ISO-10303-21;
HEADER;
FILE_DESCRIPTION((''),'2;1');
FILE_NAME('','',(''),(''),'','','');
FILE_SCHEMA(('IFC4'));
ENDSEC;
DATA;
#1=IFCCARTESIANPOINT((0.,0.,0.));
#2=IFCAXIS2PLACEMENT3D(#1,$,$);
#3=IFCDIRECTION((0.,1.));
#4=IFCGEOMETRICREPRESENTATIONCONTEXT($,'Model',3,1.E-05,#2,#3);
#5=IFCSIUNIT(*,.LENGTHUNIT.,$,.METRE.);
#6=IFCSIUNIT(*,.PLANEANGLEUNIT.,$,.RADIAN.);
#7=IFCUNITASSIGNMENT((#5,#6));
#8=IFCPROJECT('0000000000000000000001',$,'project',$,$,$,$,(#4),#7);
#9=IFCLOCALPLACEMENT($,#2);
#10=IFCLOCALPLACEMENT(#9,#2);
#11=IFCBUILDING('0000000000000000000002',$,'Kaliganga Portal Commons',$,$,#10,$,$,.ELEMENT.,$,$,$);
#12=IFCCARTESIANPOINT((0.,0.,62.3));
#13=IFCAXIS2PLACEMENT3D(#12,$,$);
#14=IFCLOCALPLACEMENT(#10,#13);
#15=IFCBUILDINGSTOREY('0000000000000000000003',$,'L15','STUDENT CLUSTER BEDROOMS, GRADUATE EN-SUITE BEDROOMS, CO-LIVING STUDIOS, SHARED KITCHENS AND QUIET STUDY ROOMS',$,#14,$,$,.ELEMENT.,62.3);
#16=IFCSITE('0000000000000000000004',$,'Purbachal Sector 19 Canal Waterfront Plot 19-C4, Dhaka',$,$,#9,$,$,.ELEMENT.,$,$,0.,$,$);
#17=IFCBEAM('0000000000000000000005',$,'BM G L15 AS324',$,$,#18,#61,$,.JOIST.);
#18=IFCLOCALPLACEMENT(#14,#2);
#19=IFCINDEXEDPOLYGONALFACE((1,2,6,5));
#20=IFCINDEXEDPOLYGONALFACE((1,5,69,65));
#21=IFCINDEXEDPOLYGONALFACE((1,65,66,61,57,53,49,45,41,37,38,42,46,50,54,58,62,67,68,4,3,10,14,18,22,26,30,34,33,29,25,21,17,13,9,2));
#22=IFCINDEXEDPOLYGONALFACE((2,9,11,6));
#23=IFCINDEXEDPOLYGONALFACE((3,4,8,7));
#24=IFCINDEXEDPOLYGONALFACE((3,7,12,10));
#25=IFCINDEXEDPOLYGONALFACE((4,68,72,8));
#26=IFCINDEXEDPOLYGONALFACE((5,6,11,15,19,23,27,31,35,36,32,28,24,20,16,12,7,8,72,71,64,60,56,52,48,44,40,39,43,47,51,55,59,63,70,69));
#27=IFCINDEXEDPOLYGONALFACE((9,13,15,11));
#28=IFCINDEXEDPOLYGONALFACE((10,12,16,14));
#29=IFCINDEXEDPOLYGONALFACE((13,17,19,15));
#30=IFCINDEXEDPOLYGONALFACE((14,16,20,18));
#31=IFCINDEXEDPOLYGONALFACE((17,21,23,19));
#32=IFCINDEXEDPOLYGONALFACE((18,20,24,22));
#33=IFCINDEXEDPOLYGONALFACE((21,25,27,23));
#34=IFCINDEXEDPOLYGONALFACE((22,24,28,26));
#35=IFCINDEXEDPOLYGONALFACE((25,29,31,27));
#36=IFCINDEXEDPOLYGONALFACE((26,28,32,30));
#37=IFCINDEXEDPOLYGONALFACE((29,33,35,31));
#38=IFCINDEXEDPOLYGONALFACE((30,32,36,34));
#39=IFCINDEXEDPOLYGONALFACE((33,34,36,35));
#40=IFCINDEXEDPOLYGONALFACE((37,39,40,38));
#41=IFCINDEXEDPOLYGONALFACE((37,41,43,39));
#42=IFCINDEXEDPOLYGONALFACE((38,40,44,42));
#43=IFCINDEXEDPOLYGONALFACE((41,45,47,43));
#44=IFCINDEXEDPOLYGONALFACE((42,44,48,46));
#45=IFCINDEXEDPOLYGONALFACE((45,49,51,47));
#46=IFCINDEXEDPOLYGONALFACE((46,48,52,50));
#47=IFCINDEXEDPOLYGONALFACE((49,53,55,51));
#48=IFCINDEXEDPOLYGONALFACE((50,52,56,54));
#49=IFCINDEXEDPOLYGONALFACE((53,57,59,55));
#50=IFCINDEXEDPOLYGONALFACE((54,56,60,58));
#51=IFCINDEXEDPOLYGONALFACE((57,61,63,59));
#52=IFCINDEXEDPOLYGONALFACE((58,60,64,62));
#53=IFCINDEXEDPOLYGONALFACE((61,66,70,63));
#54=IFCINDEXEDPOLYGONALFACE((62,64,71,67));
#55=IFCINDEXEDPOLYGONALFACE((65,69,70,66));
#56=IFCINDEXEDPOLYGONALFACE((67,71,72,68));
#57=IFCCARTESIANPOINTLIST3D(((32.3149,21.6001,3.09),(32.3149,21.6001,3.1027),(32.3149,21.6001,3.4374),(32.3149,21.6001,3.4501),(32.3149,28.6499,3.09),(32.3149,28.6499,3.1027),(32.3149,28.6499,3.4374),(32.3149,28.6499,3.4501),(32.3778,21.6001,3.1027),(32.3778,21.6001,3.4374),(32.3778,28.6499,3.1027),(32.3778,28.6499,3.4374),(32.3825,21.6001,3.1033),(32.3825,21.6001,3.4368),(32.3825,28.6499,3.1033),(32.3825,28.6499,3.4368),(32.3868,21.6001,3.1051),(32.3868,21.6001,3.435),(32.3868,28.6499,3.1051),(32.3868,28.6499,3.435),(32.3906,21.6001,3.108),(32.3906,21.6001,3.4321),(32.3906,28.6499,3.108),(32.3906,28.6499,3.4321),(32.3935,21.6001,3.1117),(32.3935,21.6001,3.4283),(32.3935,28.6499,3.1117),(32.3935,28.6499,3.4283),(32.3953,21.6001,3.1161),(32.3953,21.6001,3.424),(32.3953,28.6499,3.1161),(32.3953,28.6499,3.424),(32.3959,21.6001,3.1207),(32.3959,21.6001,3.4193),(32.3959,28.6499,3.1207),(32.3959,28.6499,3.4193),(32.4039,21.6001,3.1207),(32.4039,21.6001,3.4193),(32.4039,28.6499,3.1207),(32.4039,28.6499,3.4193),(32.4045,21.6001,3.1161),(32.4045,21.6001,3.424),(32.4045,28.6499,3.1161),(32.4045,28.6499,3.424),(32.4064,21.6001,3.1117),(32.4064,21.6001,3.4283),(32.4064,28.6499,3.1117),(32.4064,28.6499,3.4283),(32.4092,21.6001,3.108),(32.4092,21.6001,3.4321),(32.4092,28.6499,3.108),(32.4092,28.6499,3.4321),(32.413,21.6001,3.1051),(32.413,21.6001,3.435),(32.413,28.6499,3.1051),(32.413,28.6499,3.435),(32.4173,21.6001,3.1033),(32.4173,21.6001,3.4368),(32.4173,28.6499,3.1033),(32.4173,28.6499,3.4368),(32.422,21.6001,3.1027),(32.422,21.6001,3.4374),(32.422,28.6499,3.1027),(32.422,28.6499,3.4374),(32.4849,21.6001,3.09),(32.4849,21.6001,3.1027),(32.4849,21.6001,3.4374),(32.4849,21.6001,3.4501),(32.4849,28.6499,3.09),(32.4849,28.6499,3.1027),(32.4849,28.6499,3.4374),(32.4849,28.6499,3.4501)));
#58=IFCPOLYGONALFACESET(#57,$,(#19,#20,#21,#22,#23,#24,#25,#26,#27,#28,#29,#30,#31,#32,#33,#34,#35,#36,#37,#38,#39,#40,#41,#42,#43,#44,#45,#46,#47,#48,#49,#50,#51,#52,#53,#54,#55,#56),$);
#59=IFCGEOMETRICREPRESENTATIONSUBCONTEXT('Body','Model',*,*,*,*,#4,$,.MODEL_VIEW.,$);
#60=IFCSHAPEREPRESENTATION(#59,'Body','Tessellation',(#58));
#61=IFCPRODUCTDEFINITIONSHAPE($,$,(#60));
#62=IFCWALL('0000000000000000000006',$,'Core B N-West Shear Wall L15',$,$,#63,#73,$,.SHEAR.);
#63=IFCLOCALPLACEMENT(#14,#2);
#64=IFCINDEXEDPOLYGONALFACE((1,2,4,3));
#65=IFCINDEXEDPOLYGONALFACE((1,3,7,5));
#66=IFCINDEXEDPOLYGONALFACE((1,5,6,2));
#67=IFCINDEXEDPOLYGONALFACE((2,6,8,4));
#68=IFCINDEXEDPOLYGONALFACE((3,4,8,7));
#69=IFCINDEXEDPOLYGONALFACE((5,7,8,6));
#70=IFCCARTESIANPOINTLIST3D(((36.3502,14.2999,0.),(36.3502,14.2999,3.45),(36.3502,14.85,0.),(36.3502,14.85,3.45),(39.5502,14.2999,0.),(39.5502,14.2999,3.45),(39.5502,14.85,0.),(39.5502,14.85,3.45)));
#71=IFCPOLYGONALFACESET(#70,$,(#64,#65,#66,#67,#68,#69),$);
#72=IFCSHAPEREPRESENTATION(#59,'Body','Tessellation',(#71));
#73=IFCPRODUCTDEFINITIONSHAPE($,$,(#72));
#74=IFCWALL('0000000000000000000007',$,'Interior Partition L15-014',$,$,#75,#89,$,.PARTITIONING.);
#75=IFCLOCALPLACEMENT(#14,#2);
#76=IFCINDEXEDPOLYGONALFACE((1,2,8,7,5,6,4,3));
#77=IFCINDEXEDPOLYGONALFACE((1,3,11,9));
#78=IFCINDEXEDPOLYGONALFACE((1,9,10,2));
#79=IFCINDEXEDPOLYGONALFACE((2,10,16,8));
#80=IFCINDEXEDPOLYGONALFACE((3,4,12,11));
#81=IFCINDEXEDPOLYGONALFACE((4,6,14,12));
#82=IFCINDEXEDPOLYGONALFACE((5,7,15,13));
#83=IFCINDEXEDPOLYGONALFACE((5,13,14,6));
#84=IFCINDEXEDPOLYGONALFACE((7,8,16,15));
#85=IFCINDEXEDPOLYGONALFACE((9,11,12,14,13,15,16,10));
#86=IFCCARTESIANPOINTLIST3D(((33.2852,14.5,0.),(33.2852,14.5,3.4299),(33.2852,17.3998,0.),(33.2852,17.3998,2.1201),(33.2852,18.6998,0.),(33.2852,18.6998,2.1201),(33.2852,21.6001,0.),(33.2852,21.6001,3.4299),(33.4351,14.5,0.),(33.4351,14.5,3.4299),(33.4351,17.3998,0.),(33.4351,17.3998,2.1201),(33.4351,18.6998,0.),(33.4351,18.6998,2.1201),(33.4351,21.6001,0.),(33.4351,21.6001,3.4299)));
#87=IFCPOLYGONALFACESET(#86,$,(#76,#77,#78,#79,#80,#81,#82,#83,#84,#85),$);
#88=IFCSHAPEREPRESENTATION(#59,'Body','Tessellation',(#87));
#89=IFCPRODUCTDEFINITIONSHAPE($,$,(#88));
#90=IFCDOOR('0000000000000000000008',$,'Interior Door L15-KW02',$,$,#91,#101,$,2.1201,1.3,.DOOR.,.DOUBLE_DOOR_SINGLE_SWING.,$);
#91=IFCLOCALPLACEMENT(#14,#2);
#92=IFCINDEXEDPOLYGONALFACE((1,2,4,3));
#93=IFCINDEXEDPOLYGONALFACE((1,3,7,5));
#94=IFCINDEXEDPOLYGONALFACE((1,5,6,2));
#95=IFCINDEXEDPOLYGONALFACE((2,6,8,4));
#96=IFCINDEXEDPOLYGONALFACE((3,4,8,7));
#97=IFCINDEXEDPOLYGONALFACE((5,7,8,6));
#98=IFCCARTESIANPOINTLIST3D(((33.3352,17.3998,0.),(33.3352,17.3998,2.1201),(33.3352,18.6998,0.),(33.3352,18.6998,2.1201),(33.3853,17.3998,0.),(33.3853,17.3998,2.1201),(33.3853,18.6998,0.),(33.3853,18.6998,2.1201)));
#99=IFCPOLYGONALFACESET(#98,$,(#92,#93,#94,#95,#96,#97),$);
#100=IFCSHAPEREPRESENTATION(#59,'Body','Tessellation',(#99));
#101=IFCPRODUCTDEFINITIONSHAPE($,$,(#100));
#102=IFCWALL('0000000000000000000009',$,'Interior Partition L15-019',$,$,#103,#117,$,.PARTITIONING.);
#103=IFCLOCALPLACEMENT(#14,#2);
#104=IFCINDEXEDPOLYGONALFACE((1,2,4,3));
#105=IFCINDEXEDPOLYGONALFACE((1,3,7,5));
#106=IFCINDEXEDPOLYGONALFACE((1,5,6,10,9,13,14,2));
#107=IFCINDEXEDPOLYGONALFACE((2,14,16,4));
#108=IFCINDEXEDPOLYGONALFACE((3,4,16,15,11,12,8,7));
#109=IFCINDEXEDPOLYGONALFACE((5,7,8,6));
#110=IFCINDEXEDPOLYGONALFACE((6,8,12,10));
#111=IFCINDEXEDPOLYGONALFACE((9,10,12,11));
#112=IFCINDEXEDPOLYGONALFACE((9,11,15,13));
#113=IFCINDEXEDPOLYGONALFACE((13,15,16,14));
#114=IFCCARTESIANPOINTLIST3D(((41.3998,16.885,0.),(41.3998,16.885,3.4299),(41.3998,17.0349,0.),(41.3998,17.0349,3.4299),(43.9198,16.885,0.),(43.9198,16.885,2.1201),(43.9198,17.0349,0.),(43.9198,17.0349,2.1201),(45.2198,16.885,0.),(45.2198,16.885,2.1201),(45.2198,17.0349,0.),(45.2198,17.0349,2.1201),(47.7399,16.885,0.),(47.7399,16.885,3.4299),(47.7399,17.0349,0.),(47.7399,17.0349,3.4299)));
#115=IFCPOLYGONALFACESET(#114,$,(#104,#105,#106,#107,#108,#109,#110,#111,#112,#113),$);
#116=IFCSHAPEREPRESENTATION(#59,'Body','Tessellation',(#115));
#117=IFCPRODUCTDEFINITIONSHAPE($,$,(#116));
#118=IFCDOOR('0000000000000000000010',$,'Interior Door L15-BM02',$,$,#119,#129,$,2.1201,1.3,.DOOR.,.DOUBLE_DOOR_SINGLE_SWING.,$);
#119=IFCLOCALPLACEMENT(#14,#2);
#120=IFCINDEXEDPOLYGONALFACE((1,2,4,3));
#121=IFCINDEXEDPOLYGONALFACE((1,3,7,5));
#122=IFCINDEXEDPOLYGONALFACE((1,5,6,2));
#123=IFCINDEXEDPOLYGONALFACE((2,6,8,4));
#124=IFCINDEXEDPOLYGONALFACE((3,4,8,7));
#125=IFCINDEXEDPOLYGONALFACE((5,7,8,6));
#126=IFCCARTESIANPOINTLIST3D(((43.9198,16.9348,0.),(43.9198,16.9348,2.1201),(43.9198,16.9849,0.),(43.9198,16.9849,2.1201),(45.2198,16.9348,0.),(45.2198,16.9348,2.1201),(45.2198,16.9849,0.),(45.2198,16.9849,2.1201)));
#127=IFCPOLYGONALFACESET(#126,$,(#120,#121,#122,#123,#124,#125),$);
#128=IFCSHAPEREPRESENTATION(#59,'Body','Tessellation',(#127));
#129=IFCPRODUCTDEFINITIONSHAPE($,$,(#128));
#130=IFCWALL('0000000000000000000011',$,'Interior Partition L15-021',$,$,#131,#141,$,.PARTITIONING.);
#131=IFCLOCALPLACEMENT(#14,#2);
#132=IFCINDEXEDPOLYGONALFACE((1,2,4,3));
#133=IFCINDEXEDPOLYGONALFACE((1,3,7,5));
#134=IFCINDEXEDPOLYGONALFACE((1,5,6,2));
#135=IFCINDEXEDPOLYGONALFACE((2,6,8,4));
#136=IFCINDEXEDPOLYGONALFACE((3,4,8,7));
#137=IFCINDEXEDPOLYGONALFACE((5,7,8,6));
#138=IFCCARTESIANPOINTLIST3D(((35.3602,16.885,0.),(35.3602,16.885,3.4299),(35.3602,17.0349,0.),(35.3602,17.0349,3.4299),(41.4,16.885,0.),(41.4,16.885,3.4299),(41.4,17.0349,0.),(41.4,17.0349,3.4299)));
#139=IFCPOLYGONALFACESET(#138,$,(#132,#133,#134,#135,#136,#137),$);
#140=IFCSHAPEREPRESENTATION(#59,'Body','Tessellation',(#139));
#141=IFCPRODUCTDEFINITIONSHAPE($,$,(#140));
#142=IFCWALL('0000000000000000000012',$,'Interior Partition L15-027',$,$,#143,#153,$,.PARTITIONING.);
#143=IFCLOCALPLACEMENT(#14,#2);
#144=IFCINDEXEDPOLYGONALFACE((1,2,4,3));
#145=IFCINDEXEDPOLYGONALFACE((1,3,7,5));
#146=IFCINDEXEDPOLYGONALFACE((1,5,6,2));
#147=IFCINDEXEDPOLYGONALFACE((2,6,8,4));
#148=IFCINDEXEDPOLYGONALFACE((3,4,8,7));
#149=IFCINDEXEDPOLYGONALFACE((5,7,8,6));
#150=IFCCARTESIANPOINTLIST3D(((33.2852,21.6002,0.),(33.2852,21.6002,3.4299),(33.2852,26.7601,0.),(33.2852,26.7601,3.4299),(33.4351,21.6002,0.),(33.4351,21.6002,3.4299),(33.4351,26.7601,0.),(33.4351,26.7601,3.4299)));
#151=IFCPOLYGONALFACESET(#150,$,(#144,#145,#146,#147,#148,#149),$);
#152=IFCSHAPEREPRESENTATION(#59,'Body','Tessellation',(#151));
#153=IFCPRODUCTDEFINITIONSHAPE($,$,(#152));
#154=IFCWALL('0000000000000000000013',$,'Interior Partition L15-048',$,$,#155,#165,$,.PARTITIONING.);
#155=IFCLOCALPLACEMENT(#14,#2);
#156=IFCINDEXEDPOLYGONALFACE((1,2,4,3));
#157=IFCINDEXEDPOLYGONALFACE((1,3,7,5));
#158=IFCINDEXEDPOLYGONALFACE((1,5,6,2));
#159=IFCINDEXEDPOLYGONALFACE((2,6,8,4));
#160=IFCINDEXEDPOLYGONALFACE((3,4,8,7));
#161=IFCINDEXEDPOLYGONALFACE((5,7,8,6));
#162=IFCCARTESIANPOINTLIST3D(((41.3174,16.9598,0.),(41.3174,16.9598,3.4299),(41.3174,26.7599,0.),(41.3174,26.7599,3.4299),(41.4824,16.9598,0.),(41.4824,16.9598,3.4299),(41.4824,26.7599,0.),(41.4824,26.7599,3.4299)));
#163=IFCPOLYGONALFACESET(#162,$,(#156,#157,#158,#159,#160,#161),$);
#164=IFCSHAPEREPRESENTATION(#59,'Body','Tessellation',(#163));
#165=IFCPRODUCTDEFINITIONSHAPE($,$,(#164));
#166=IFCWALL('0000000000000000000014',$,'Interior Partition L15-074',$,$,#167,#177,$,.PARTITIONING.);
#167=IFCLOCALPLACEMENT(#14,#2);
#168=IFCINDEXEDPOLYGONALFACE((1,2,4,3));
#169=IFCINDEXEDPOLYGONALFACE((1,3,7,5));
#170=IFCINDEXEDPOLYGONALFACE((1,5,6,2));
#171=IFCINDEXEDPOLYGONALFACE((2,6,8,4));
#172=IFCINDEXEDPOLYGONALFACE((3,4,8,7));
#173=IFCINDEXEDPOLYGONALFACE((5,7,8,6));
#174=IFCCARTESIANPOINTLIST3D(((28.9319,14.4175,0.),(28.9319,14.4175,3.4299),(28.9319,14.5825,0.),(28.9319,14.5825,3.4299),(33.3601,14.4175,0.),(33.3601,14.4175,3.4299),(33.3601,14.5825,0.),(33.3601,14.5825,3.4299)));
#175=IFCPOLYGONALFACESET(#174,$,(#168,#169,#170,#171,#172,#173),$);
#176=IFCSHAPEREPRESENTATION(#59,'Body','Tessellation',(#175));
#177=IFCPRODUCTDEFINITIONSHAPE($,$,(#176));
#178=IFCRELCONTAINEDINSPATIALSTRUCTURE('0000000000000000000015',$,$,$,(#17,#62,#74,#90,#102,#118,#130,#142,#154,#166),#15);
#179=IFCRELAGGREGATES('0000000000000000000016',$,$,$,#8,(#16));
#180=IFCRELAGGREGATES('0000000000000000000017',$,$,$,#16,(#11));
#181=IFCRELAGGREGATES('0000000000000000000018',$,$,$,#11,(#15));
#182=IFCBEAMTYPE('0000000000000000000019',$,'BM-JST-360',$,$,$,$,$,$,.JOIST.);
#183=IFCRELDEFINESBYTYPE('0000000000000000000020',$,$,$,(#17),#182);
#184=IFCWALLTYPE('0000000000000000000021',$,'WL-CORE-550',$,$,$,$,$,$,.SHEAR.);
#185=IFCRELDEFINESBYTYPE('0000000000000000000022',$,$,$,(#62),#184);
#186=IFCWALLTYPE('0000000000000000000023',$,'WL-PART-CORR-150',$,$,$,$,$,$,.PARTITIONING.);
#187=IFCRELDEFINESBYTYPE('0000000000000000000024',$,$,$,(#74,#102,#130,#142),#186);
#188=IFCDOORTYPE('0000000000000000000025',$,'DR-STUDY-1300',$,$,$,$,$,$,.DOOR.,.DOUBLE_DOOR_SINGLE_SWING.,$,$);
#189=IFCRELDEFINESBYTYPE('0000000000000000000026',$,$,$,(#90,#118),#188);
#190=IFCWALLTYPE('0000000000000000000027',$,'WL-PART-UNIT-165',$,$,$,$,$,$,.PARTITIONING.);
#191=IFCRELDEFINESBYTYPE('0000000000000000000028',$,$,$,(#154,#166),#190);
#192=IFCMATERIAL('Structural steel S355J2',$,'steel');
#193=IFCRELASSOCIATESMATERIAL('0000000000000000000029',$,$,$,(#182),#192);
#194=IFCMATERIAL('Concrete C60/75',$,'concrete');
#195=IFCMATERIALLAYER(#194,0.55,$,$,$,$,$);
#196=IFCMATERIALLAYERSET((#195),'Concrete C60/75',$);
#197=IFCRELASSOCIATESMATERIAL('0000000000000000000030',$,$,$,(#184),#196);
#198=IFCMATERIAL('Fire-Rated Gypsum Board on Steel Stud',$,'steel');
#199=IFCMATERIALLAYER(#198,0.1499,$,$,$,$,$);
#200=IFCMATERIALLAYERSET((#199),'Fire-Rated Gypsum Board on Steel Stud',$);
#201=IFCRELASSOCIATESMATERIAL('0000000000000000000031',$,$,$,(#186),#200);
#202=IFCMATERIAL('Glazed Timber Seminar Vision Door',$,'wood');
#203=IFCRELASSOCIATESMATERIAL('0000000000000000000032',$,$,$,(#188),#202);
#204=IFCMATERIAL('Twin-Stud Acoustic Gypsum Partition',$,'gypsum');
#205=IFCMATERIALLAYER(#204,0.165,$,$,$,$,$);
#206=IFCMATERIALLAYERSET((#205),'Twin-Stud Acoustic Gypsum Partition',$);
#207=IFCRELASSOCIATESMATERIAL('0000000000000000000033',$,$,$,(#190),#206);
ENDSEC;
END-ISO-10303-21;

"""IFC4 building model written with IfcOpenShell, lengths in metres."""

from ifc_helpers import new_model, si_unit, direction, frame, frame_2d, origin, origin_2d, place, context, subcontext, project, spatial, rectangle, i_section, extrude, source, transform, mapped, material, layer, layer_set, material_profile, profile_set, type_object, element, fill, save


model = new_model("IFC4")

# Units and contexts
model_context = context("Model", 3, precision=1e-05, world=origin(), true_north=direction((0.0, 1.0)))
body_context = subcontext(model_context, "Body", "Model", "MODEL_VIEW")
ifc_project = project(units=[si_unit("LENGTHUNIT", "METRE"), si_unit("PLANEANGLEUNIT", "RADIAN")], contexts=[model_context])

# Site, building, storey
site_placement = place(None, origin())
site = spatial("IfcSite", under=ifc_project, at=site_placement, Name="Purbachal Sector 19 Canal Waterfront Plot 19-C4, Dhaka", CompositionType="ELEMENT", RefElevation=0.0)
building_placement = place(site_placement, origin())
building = spatial("IfcBuilding", under=site, at=building_placement, Name="Kaliganga Portal Commons", CompositionType="ELEMENT")
storey_placement = place(building_placement, frame((0.0, 0.0, 62.3)))
storey = spatial("IfcBuildingStorey", under=building, at=storey_placement, Name="L15", Description="STUDENT CLUSTER BEDROOMS, GRADUATE EN-SUITE BEDROOMS, CO-LIVING STUDIOS, SHARED KITCHENS AND QUIET STUDY ROOMS", CompositionType="ELEMENT", Elevation=62.3)

# Beam
ifc_material_1 = material(Name="Concrete C60/75", Category="concrete")
ifc_material_2 = material(Name="Structural steel S355J2", Category="steel")
ifc_material_profile_1 = material_profile(ifc_material_2, i_section(OverallWidth=0.1699, OverallDepth=0.3601, WebThickness=0.0081, FlangeThickness=0.0127, FilletRadius=0.0181, at=origin_2d()), Name="IPE 360")
ifc_profile_set_1 = profile_set([ifc_material_profile_1], Name="Structural steel S355J2 wide-flange")
beam_type_1 = type_object("IfcBeamType", Name="BM-JST-360", PredefinedType="JOIST", material=ifc_profile_set_1)
shared_shape_1 = source(origin(), body_context, "Body", "SweptSolid", [
    extrude(i_section(OverallWidth=0.1699, OverallDepth=0.3601, WebThickness=0.0081, FlangeThickness=0.0127, FilletRadius=0.0181, at=origin_2d()), origin(), (0.0, 0.0, 1.0), 7.0498),
])
beam_1_placement = place(storey_placement, frame((32.3999, 21.6001, 3.27), z_axis=(0.0, 1.0, 0.0), x_axis=(-1.0, 0.0, 0.0)))
element("IfcBeam", 1, at=beam_1_placement, inside=storey, type_object=beam_type_1, Name="BM G L15 AS324", PredefinedType="JOIST", context=body_context, shape_type="MappedRepresentation", body=[
    mapped(shared_shape_1, transform((0.0, 0.0, 0.0), x_axis=(1.0, 0.0, 0.0), y_axis=(0.0, 1.0, 0.0), z_axis=(0.0, 0.0, 1.0), scale=1.0)),
])

# Wall
ifc_layer_1 = layer(ifc_material_1, 0.55)
ifc_layer_set_1 = layer_set([ifc_layer_1], Name="Concrete C60/75")
wall_type_1 = type_object("IfcWallType", Name="WL-CORE-550", PredefinedType="SHEAR", material=ifc_layer_set_1)
wall_1_placement = place(storey_placement, frame((36.3501, 14.575, 0.0), z_axis=(0.0, 0.0, 1.0), x_axis=(1.0, 0.0, 0.0)))
element("IfcWall", 2, at=wall_1_placement, inside=storey, type_object=wall_type_1, Name="Core B N-West Shear Wall L15", PredefinedType="SHEAR", context=body_context, shape_type="SweptSolid", body=[
    extrude(rectangle(XDim=3.2, YDim=0.55, at=frame_2d((1.6001, 0.0))), origin(), (0.0, 0.0, 1.0), 3.45),
])

# Walls, openings, doors
ifc_material_3 = material(Name="Fire-Rated Gypsum Board on Steel Stud", Category="steel")
ifc_layer_2 = layer(ifc_material_3, 0.1499)
ifc_layer_set_2 = layer_set([ifc_layer_2], Name="Fire-Rated Gypsum Board on Steel Stud")
wall_type_2 = type_object("IfcWallType", Name="WL-PART-CORR-150", PredefinedType="PARTITIONING", material=ifc_layer_set_2)
ifc_material_4 = material(Name="Glazed Timber Seminar Vision Door", Category="wood")
door_type = type_object("IfcDoorType", Name="DR-STUDY-1300", OperationType="DOUBLE_DOOR_SINGLE_SWING", PredefinedType="DOOR", material=ifc_material_4)
wall_2_placement = place(storey_placement, frame((33.3601, 14.5, 0.0), z_axis=(0.0, 0.0, 1.0), x_axis=(0.0, 1.0, 0.0)))
wall_2 = element("IfcWall", 3, at=wall_2_placement, inside=storey, type_object=wall_type_2, Name="Interior Partition L15-014", PredefinedType="PARTITIONING", context=body_context, shape_type="SweptSolid", body=[
    extrude(rectangle(XDim=7.1001, YDim=0.1499, at=frame_2d((3.55, 0.0))), origin(), (0.0, 0.0, 1.0), 3.4299),
])
opening_1_placement = place(wall_2_placement, frame((2.8999, 0.0, 0.0)))
opening_1 = element("IfcOpeningElement", 4, at=opening_1_placement, cuts=wall_2, PredefinedType="OPENING", context=body_context, shape_type="SweptSolid", body=[
    extrude(rectangle(XDim=1.3, YDim=2.1201, at=frame_2d((0.6499, 1.0601))), frame((0.0, 0.085, 0.0), z_axis=(0.0, -1.0, 0.0), x_axis=(1.0, 0.0, 0.0)), (0.0, 0.0, 1.0), 0.1699),
])
door_1_placement = place(opening_1_placement, origin())
door_1 = element("IfcDoor", 5, at=door_1_placement, inside=storey, type_object=door_type, Name="Interior Door L15-KW02", OperationType="DOUBLE_DOOR_SINGLE_SWING", OverallHeight=2.1201, OverallWidth=1.3, PredefinedType="DOOR", context=body_context, shape_type="SweptSolid", body=[
    extrude(rectangle(XDim=1.3, YDim=2.1201, at=frame_2d((0.6499, 1.0601))), frame((0.0, 0.0249, 0.0), z_axis=(0.0, -1.0, 0.0), x_axis=(1.0, 0.0, 0.0)), (0.0, 0.0, 1.0), 0.05),
])
fill(opening_1, door_1)
wall_3_placement = place(storey_placement, frame((41.3999, 16.96, 0.0), z_axis=(0.0, 0.0, 1.0), x_axis=(1.0, 0.0, 0.0)))
wall_3 = element("IfcWall", 6, at=wall_3_placement, inside=storey, type_object=wall_type_2, Name="Interior Partition L15-019", PredefinedType="PARTITIONING", context=body_context, shape_type="SweptSolid", body=[
    extrude(rectangle(XDim=6.3401, YDim=0.1499, at=frame_2d((3.1699, 0.0))), origin(), (0.0, 0.0, 1.0), 3.4299),
])
opening_2_placement = place(wall_3_placement, frame((2.52, 0.0, 0.0)))
opening_2 = element("IfcOpeningElement", 7, at=opening_2_placement, cuts=wall_3, PredefinedType="OPENING", context=body_context, shape_type="SweptSolid", body=[
    extrude(rectangle(XDim=1.3, YDim=2.1201, at=frame_2d((0.6499, 1.0601))), frame((0.0, 0.085, 0.0), z_axis=(0.0, -1.0, 0.0), x_axis=(1.0, 0.0, 0.0)), (0.0, 0.0, 1.0), 0.1699),
])
door_2_placement = place(opening_2_placement, origin())
door_2 = element("IfcDoor", 8, at=door_2_placement, inside=storey, type_object=door_type, Name="Interior Door L15-BM02", OperationType="DOUBLE_DOOR_SINGLE_SWING", OverallHeight=2.1201, OverallWidth=1.3, PredefinedType="DOOR", context=body_context, shape_type="SweptSolid", body=[
    extrude(rectangle(XDim=1.3, YDim=2.1201, at=frame_2d((0.6499, 1.0601))), frame((0.0, 0.0249, 0.0), z_axis=(0.0, -1.0, 0.0), x_axis=(1.0, 0.0, 0.0)), (0.0, 0.0, 1.0), 0.05),
])
fill(opening_2, door_2)

# Walls
wall_4_placement = place(storey_placement, frame((35.3601, 16.96, 0.0), z_axis=(0.0, 0.0, 1.0), x_axis=(1.0, 0.0, 0.0)))
element("IfcWall", 9, at=wall_4_placement, inside=storey, type_object=wall_type_2, Name="Interior Partition L15-021", PredefinedType="PARTITIONING", context=body_context, shape_type="SweptSolid", body=[
    extrude(rectangle(XDim=6.0398, YDim=0.1499, at=frame_2d((3.02, 0.0))), origin(), (0.0, 0.0, 1.0), 3.4299),
])
wall_5_placement = place(storey_placement, frame((33.3601, 21.6001, 0.0), z_axis=(0.0, 0.0, 1.0), x_axis=(0.0, 1.0, 0.0)))
element("IfcWall", 10, at=wall_5_placement, inside=storey, type_object=wall_type_2, Name="Interior Partition L15-027", PredefinedType="PARTITIONING", context=body_context, shape_type="SweptSolid", body=[
    extrude(rectangle(XDim=5.1599, YDim=0.1499, at=frame_2d((2.5801, 0.0))), origin(), (0.0, 0.0, 1.0), 3.4299),
])
ifc_material_5 = material(Name="Twin-Stud Acoustic Gypsum Partition", Category="gypsum")
ifc_layer_3 = layer(ifc_material_5, 0.165)
ifc_layer_set_3 = layer_set([ifc_layer_3], Name="Twin-Stud Acoustic Gypsum Partition")
wall_type_3 = type_object("IfcWallType", Name="WL-PART-UNIT-165", PredefinedType="PARTITIONING", material=ifc_layer_set_3)
wall_6_placement = place(storey_placement, frame((41.3999, 16.96, 0.0), z_axis=(0.0, 0.0, 1.0), x_axis=(0.0, 1.0, 0.0)))
element("IfcWall", 11, at=wall_6_placement, inside=storey, type_object=wall_type_3, Name="Interior Partition L15-048", PredefinedType="PARTITIONING", context=body_context, shape_type="SweptSolid", body=[
    extrude(rectangle(XDim=9.8, YDim=0.165, at=frame_2d((4.8999, 0.0))), origin(), (0.0, 0.0, 1.0), 3.4299),
])
wall_7_placement = place(storey_placement, frame((28.9319, 14.5, 0.0), z_axis=(0.0, 0.0, 1.0), x_axis=(1.0, 0.0, 0.0)))
element("IfcWall", 12, at=wall_7_placement, inside=storey, type_object=wall_type_3, Name="Interior Partition L15-074", PredefinedType="PARTITIONING", context=body_context, shape_type="SweptSolid", body=[
    extrude(rectangle(XDim=4.4282, YDim=0.165, at=frame_2d((2.2141, 0.0))), origin(), (0.0, 0.0, 1.0), 3.4299),
])

save(model, "model.ifc")
